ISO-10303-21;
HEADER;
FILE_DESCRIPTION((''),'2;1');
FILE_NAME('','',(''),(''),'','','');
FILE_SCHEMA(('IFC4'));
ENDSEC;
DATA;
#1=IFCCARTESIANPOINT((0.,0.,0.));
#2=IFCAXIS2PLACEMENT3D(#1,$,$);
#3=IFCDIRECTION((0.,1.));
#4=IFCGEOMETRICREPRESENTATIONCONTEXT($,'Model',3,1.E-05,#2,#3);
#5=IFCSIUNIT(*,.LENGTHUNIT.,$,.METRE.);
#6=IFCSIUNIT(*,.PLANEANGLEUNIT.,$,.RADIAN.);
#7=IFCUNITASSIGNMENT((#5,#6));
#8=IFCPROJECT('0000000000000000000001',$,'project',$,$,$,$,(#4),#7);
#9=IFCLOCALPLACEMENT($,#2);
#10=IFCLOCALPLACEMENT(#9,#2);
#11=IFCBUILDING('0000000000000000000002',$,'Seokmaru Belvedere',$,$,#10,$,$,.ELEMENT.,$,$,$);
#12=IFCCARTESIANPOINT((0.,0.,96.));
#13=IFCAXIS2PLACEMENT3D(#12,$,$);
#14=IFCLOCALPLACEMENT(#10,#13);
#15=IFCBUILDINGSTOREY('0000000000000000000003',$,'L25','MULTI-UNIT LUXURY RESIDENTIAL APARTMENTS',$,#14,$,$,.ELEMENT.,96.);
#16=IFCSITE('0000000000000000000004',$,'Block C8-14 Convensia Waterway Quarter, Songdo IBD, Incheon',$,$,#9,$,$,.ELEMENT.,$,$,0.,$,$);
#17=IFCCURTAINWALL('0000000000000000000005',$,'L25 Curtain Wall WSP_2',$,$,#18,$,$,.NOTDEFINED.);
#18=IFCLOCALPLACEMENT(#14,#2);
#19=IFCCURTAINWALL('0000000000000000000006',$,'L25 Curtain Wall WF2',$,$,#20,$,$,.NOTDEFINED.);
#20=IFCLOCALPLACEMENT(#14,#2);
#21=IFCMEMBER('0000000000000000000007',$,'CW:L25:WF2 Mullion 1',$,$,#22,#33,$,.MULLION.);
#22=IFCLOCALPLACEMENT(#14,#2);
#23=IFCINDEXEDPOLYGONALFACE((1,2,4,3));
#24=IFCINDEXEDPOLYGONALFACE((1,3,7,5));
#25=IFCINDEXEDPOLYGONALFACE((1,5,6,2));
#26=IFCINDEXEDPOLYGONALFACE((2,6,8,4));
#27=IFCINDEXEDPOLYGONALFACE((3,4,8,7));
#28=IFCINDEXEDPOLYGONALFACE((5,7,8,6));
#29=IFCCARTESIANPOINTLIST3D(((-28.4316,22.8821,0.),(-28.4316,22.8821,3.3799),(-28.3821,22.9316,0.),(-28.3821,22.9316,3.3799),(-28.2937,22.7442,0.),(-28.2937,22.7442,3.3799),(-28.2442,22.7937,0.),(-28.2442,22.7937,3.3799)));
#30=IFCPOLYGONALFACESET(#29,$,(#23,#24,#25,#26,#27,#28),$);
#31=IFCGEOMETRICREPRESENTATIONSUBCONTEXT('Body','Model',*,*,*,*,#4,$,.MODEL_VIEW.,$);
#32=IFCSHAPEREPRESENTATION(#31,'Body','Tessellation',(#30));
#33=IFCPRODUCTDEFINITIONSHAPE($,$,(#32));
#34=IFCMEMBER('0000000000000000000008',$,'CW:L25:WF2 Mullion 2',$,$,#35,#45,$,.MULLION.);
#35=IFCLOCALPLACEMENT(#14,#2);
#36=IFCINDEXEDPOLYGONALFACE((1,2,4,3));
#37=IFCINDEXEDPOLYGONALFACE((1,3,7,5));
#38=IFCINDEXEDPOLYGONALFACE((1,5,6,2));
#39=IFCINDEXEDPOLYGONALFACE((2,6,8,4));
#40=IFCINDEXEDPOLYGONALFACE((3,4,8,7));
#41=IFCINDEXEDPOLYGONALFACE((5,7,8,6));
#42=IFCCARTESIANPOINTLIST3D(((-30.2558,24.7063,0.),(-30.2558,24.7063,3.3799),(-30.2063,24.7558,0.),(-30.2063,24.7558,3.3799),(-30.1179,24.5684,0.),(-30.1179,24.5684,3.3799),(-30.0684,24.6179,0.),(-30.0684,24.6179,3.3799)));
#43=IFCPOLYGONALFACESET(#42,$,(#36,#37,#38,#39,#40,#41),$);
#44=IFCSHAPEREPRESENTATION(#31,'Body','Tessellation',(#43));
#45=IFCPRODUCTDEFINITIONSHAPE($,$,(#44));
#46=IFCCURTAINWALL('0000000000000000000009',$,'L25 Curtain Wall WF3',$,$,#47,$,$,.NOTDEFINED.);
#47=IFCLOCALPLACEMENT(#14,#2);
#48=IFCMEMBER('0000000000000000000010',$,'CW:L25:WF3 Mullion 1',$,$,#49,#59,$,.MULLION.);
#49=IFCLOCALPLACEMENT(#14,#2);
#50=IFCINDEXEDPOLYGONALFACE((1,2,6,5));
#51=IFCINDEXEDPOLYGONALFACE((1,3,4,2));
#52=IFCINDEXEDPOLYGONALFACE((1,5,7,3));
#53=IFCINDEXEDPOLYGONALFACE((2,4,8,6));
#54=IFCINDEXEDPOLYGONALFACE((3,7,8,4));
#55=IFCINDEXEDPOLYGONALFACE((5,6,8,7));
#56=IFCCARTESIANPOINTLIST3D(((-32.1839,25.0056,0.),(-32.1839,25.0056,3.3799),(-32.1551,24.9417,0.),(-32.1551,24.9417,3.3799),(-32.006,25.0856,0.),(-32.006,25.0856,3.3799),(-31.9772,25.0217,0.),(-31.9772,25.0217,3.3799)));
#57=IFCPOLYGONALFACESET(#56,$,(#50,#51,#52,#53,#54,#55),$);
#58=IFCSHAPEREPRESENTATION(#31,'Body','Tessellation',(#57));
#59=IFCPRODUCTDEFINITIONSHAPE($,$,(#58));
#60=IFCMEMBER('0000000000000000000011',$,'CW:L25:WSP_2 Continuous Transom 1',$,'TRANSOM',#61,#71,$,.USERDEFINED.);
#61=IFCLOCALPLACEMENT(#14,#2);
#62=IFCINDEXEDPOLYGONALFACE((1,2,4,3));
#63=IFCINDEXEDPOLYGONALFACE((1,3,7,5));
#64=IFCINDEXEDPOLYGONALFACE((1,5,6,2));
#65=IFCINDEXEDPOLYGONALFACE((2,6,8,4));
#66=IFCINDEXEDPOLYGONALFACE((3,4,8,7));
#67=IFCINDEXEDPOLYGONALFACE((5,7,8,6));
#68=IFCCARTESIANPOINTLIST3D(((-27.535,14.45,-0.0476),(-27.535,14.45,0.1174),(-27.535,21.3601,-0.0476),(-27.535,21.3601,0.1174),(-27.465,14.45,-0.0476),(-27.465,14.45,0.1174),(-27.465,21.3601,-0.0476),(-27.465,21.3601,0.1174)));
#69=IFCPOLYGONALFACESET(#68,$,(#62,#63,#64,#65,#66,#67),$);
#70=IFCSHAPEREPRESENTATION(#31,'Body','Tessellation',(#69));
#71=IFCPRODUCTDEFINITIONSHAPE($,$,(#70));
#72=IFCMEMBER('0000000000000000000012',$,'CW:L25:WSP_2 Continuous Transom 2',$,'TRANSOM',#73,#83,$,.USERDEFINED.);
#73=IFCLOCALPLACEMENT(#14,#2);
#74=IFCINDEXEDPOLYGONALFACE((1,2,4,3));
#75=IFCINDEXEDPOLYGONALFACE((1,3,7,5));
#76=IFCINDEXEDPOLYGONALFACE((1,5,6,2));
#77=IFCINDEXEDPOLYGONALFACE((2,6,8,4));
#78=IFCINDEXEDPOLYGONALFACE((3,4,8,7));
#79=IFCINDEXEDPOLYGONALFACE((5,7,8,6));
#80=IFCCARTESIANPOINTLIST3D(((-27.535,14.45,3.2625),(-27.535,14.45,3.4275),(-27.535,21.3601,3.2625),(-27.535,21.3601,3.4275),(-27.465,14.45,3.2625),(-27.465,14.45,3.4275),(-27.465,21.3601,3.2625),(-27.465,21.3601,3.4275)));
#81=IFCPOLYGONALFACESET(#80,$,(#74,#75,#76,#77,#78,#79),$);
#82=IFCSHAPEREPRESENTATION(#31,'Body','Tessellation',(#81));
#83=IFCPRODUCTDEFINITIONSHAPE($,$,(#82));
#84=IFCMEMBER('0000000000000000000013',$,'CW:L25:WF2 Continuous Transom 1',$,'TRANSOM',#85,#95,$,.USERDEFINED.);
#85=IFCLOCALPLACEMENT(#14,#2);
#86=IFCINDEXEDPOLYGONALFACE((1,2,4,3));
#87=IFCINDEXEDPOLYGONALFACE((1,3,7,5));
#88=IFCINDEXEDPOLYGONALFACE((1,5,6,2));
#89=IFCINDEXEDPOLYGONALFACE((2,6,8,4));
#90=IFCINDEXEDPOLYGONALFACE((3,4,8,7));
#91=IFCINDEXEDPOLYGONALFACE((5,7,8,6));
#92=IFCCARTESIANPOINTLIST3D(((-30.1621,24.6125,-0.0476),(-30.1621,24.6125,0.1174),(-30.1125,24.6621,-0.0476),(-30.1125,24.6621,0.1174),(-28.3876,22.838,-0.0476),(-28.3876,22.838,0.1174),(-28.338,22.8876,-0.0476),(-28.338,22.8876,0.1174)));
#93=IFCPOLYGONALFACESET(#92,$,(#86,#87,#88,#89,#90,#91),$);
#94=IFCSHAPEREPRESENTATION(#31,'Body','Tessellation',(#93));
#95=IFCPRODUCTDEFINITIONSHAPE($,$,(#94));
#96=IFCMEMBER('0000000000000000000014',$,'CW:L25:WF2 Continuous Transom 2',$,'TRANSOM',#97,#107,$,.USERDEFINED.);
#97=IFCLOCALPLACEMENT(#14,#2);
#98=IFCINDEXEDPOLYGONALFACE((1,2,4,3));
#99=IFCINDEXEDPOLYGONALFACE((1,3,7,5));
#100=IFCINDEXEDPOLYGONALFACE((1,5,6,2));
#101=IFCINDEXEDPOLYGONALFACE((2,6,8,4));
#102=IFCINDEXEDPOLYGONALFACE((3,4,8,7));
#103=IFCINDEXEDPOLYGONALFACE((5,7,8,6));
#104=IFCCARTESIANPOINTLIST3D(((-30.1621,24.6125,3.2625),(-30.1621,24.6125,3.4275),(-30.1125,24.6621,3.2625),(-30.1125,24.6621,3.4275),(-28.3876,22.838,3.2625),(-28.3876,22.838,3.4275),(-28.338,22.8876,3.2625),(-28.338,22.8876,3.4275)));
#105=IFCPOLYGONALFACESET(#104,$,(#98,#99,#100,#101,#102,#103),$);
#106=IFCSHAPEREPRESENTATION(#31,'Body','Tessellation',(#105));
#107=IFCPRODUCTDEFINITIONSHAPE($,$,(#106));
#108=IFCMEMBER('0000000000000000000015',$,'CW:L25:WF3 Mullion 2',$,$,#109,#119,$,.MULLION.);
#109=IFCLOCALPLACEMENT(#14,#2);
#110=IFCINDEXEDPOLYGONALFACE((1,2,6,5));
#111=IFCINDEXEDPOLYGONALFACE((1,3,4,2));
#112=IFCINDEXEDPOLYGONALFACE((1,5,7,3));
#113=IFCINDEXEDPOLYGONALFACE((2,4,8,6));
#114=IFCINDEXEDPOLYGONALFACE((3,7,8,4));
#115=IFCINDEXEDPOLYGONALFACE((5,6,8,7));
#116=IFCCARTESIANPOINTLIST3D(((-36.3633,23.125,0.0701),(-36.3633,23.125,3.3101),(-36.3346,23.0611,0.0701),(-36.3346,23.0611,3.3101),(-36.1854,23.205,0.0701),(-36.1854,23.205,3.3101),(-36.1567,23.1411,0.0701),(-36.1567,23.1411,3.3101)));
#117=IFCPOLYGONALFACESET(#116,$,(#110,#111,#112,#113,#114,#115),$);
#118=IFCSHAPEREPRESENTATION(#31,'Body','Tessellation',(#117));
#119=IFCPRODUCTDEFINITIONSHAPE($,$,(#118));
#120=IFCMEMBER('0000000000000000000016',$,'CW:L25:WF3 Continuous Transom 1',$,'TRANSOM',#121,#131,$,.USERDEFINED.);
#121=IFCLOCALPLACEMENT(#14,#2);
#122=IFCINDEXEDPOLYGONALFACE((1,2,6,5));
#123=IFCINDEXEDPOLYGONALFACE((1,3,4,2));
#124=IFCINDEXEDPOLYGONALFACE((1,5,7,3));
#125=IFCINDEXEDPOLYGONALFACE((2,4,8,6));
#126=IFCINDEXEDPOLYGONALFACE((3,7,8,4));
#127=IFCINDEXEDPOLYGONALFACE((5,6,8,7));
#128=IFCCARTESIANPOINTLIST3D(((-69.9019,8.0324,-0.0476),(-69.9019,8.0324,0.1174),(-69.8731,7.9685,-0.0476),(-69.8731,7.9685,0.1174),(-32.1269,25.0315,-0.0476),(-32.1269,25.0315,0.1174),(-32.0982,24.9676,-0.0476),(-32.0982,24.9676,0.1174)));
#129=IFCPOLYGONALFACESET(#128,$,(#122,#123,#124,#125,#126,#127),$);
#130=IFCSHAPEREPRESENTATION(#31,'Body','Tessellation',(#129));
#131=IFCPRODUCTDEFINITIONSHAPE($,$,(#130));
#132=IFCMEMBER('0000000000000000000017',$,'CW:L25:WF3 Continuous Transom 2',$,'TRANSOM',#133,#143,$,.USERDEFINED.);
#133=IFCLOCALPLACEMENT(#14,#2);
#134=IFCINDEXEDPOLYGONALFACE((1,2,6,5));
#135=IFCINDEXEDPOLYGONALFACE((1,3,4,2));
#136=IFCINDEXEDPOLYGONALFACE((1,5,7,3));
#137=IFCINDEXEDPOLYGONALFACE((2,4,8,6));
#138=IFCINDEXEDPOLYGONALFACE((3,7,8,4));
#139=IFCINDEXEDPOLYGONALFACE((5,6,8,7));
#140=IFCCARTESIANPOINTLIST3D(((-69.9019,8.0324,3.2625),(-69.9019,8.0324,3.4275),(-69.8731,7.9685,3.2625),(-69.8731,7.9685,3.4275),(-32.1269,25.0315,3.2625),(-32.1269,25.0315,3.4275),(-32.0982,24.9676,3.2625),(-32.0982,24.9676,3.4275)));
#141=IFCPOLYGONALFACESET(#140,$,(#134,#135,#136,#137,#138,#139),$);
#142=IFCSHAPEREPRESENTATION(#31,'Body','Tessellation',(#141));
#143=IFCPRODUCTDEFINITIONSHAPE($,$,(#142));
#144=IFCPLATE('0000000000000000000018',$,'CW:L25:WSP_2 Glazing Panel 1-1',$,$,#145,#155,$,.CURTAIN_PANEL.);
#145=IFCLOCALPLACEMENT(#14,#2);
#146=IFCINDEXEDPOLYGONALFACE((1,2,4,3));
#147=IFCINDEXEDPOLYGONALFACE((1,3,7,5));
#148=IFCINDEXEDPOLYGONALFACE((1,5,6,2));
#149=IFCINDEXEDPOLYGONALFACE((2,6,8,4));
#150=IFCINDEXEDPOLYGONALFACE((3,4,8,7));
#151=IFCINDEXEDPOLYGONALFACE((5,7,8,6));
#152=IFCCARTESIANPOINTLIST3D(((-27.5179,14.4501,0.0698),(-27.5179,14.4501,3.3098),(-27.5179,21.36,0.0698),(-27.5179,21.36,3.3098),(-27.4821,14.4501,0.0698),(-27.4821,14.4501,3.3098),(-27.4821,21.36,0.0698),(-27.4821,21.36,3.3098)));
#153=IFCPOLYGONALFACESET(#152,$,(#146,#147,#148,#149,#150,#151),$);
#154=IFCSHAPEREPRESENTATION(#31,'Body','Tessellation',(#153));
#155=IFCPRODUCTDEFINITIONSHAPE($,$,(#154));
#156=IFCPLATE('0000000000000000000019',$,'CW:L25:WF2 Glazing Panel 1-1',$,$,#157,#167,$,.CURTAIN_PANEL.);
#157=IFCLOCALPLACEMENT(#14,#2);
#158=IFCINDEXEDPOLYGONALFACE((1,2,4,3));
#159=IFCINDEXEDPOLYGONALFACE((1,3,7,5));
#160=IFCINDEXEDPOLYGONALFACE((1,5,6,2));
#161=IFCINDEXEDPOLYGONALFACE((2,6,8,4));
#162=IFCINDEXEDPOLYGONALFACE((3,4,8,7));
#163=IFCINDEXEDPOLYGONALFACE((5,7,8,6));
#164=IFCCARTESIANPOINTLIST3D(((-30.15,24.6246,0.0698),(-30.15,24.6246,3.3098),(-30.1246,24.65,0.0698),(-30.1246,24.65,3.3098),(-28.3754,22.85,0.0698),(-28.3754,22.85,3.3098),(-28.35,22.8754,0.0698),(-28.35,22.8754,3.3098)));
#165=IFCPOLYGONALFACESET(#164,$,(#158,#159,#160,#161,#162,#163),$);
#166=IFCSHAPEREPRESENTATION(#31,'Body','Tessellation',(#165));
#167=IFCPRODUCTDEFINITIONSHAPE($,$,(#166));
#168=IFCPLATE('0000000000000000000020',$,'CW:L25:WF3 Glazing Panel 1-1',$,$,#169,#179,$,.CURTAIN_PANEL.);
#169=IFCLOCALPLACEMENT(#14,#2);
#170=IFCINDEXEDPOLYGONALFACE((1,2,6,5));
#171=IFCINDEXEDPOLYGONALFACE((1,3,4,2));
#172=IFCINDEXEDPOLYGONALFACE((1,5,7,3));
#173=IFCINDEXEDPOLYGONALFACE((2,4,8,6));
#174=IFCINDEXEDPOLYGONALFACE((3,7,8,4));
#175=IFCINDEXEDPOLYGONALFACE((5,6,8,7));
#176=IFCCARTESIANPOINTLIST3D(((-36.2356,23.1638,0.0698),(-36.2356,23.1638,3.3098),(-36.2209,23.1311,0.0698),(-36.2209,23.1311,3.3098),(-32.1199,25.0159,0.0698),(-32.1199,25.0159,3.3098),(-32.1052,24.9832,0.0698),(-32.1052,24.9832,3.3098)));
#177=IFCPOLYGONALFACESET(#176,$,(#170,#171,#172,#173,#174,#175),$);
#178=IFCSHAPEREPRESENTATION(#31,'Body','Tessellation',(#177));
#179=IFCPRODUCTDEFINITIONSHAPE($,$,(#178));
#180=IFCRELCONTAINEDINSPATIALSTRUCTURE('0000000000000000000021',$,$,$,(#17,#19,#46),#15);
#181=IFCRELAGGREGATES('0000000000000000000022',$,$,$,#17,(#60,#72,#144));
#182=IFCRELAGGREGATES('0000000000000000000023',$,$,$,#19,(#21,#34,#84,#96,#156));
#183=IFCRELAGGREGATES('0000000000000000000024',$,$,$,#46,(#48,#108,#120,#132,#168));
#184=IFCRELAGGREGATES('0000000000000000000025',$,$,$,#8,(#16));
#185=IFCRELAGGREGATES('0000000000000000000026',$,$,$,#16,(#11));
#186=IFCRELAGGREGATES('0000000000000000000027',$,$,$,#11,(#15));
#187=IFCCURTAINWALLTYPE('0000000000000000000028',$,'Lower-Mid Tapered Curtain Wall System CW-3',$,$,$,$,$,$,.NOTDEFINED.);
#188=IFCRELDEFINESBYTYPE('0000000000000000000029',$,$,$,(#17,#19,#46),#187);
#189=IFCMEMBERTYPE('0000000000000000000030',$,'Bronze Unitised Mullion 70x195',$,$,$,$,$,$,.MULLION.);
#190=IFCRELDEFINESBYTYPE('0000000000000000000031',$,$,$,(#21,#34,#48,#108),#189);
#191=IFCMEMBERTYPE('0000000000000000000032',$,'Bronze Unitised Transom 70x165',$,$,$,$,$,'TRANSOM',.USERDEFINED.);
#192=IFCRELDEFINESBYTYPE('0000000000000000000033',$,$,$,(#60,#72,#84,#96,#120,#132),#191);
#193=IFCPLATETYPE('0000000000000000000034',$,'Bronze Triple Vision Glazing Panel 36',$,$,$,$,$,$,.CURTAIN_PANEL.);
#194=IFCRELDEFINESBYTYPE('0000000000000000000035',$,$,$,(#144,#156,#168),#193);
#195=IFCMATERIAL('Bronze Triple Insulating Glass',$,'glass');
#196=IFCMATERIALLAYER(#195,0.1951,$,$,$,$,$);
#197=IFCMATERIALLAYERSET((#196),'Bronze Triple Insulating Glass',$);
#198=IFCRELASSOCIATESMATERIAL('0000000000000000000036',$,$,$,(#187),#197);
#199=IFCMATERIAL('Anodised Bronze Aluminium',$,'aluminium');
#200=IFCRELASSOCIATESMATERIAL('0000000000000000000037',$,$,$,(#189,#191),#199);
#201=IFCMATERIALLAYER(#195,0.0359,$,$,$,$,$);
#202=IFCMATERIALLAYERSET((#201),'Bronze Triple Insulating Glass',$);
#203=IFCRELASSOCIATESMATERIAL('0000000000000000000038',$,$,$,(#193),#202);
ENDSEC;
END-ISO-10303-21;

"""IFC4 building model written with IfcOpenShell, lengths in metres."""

from ifc_helpers import new_model, si_unit, direction, frame, origin, origin_2d, place, context, subcontext, project, spatial, rectangle, extrude, source, transform, mapped, material, layer, layer_set, material_profile, profile_set, type_object, type_shapes, element, aggregate, save


model = new_model("IFC4")

# Units and contexts
model_context = context("Model", 3, precision=1e-05, world=origin(), true_north=direction((0.0, 1.0)))
body_context = subcontext(model_context, "Body", "Model", "MODEL_VIEW")
ifc_project = project(units=[si_unit("LENGTHUNIT", "METRE"), si_unit("PLANEANGLEUNIT", "RADIAN")], contexts=[model_context])

# Site, building, storey
site_placement = place(None, origin())
site = spatial("IfcSite", under=ifc_project, at=site_placement, Name="Block C8-14 Convensia Waterway Quarter, Songdo IBD, Incheon", CompositionType="ELEMENT", RefElevation=0.0)
building_placement = place(site_placement, origin())
building = spatial("IfcBuilding", under=site, at=building_placement, Name="Seokmaru Belvedere", CompositionType="ELEMENT")
storey_placement = place(building_placement, frame((0.0, 0.0, 96.0)))
storey = spatial("IfcBuildingStorey", under=building, at=storey_placement, Name="L25", Description="MULTI-UNIT LUXURY RESIDENTIAL APARTMENTS", CompositionType="ELEMENT", Elevation=96.0)

# Curtain walls, members
ifc_material_1 = material(Name="Bronze Triple Insulating Glass", Category="glass")
ifc_layer_1 = layer(ifc_material_1, 0.1951)
ifc_layer_set_1 = layer_set([ifc_layer_1], Name="Bronze Triple Insulating Glass")
curtain_wall_type = type_object("IfcCurtainWallType", Name="Lower-Mid Tapered Curtain Wall System CW-3", PredefinedType="NOTDEFINED", material=ifc_layer_set_1)
curtain_wall_1_placement = place(storey_placement, origin())
curtain_wall_1 = element("IfcCurtainWall", 1, at=curtain_wall_1_placement, inside=storey, type_object=curtain_wall_type, Name="L25 Curtain Wall WSP_2", PredefinedType="NOTDEFINED")
ifc_material_2 = material(Name="Anodised Bronze Aluminium", Category="aluminium")
ifc_material_profile_1 = material_profile(ifc_material_2, rectangle(XDim=0.0701, YDim=0.1951, at=origin_2d()), Name="CW-M-70x195")
ifc_profile_set_1 = profile_set([ifc_material_profile_1], Name="Anodised Bronze Aluminium")
member_type_1 = type_object("IfcMemberType", Name="Bronze Unitised Mullion 70x195", PredefinedType="MULLION", material=ifc_profile_set_1)
shared_shape_1 = source(origin(), body_context, "Body", "SweptSolid", [
    extrude(rectangle(XDim=0.0701, YDim=0.1951, at=origin_2d()), origin(), (0.0, 0.0, 1.0), 3.3799),
])
curtain_wall_2_placement = place(storey_placement, origin())
curtain_wall_2 = element("IfcCurtainWall", 2, at=curtain_wall_2_placement, inside=storey, type_object=curtain_wall_type, Name="L25 Curtain Wall WF2", PredefinedType="NOTDEFINED")
member_1_placement = place(storey_placement, frame((-28.3379, 22.8379, 0.0), z_axis=(0.0, 0.0, 1.0), x_axis=(-0.707107, -0.707107, 0.0)))
member_1 = element("IfcMember", 3, at=member_1_placement, type_object=member_type_1, Name="CW:L25:WF2 Mullion 1", PredefinedType="MULLION", context=body_context, shape_type="MappedRepresentation", body=[
    mapped(shared_shape_1, transform((0.0, 0.0, 0.0), scale=1.0)),
])
member_2_placement = place(storey_placement, frame((-30.1621, 24.6621, 0.0), z_axis=(0.0, 0.0, 1.0), x_axis=(-0.707107, -0.707107, 0.0)))
member_2 = element("IfcMember", 4, at=member_2_placement, type_object=member_type_1, Name="CW:L25:WF2 Mullion 2", PredefinedType="MULLION", context=body_context, shape_type="MappedRepresentation", body=[
    mapped(shared_shape_1, transform((0.0, 0.0, 0.0), scale=1.0)),
])

# Curtain wall, member
curtain_wall_3_placement = place(storey_placement, origin())
curtain_wall_3 = element("IfcCurtainWall", 5, at=curtain_wall_3_placement, inside=storey, type_object=curtain_wall_type, Name="L25 Curtain Wall WF3", PredefinedType="NOTDEFINED")
member_3_placement = place(storey_placement, frame((-32.0806, 25.0137, 0.0), z_axis=(0.0, 0.0, 1.0), x_axis=(0.410366, -0.911921, 0.0)))
member_3 = element("IfcMember", 6, at=member_3_placement, type_object=member_type_1, Name="CW:L25:WF3 Mullion 1", PredefinedType="MULLION", context=body_context, shape_type="MappedRepresentation", body=[
    mapped(shared_shape_1, transform((0.0, 0.0, 0.0), scale=1.0)),
])

# Members
ifc_material_profile_2 = material_profile(ifc_material_2, rectangle(XDim=0.0701, YDim=0.165, at=origin_2d()), Name="CW-T-70x165")
ifc_profile_set_2 = profile_set([ifc_material_profile_2], Name="Anodised Bronze Aluminium")
member_type_2 = type_object("IfcMemberType", Name="Bronze Unitised Transom 70x165", ElementType="TRANSOM", PredefinedType="USERDEFINED", material=ifc_profile_set_2)
shared_shape_2 = source(origin(), body_context, "Body", "SweptSolid", [
    extrude(rectangle(XDim=0.0701, YDim=0.165, at=origin_2d()), origin(), (0.0, 0.0, 1.0), 6.9102),
])
member_4_placement = place(storey_placement, frame((-27.5, 14.45, 0.0349), z_axis=(0.0, 1.0, 0.0), x_axis=(-1.0, 0.0, 0.0)))
member_4 = element("IfcMember", 7, at=member_4_placement, type_object=member_type_2, Name="CW:L25:WSP_2 Continuous Transom 1", ObjectType="TRANSOM", PredefinedType="USERDEFINED", context=body_context, shape_type="MappedRepresentation", body=[
    mapped(shared_shape_2, transform((0.0, 0.0, 0.0), scale=1.0)),
])
member_5_placement = place(storey_placement, frame((-27.5, 14.45, 3.345), z_axis=(0.0, 1.0, 0.0), x_axis=(-1.0, 0.0, 0.0)))
member_5 = element("IfcMember", 8, at=member_5_placement, type_object=member_type_2, Name="CW:L25:WSP_2 Continuous Transom 2", ObjectType="TRANSOM", PredefinedType="USERDEFINED", context=body_context, shape_type="MappedRepresentation", body=[
    mapped(shared_shape_2, transform((0.0, 0.0, 0.0), scale=1.0)),
])
shared_shape_3 = source(origin(), body_context, "Body", "SweptSolid", [
    extrude(rectangle(XDim=0.0701, YDim=0.165, at=origin_2d()), origin(), (0.0, 0.0, 1.0), 2.5095),
])
member_6_placement = place(storey_placement, frame((-28.3628, 22.8628, 0.0349), z_axis=(-0.707107, 0.707107, 0.0), x_axis=(-0.707107, -0.707107, 0.0)))
member_6 = element("IfcMember", 9, at=member_6_placement, type_object=member_type_2, Name="CW:L25:WF2 Continuous Transom 1", ObjectType="TRANSOM", PredefinedType="USERDEFINED", context=body_context, shape_type="MappedRepresentation", body=[
    mapped(shared_shape_3, transform((0.0, 0.0, 0.0), scale=1.0)),
])
member_7_placement = place(storey_placement, frame((-28.3628, 22.8628, 3.345), z_axis=(-0.707107, 0.707107, 0.0), x_axis=(-0.707107, -0.707107, 0.0)))
member_7 = element("IfcMember", 10, at=member_7_placement, type_object=member_type_2, Name="CW:L25:WF2 Continuous Transom 2", ObjectType="TRANSOM", PredefinedType="USERDEFINED", context=body_context, shape_type="MappedRepresentation", body=[
    mapped(shared_shape_3, transform((0.0, 0.0, 0.0), scale=1.0)),
])
shared_shape_4 = source(origin(), body_context, "Body", "SweptSolid", [
    extrude(rectangle(XDim=0.0701, YDim=0.1951, at=origin_2d()), origin(), (0.0, 0.0, 1.0), 3.24),
])
type_shapes(member_type_1, [shared_shape_1, shared_shape_4])
member_8_placement = place(storey_placement, frame((-36.26, 23.1331, 0.0701), z_axis=(0.0, 0.0, 1.0), x_axis=(0.410366, -0.911921, 0.0)))
member_8 = element("IfcMember", 11, at=member_8_placement, type_object=member_type_1, Name="CW:L25:WF3 Mullion 2", PredefinedType="MULLION", context=body_context, shape_type="MappedRepresentation", body=[
    mapped(shared_shape_4, transform((0.0, 0.0, 0.0), scale=1.0)),
])
shared_shape_5 = source(origin(), body_context, "Body", "SweptSolid", [
    extrude(rectangle(XDim=0.0701, YDim=0.165, at=origin_2d()), origin(), (0.0, 0.0, 1.0), 41.4236),
])
type_shapes(member_type_2, [shared_shape_2, shared_shape_3, shared_shape_5])
member_9_placement = place(storey_placement, frame((-32.1125, 24.9995, 0.0349), z_axis=(-0.911919, -0.410371, 0.0), x_axis=(0.410371, -0.911919, 0.0)))
member_9 = element("IfcMember", 12, at=member_9_placement, type_object=member_type_2, Name="CW:L25:WF3 Continuous Transom 1", ObjectType="TRANSOM", PredefinedType="USERDEFINED", context=body_context, shape_type="MappedRepresentation", body=[
    mapped(shared_shape_5, transform((0.0, 0.0, 0.0), scale=1.0)),
])
member_10_placement = place(storey_placement, frame((-32.1125, 24.9995, 3.345), z_axis=(-0.911919, -0.410371, 0.0), x_axis=(0.410371, -0.911919, 0.0)))
member_10 = element("IfcMember", 13, at=member_10_placement, type_object=member_type_2, Name="CW:L25:WF3 Continuous Transom 2", ObjectType="TRANSOM", PredefinedType="USERDEFINED", context=body_context, shape_type="MappedRepresentation", body=[
    mapped(shared_shape_5, transform((0.0, 0.0, 0.0), scale=1.0)),
])

# Plates
ifc_layer_2 = layer(ifc_material_1, 0.0359)
ifc_layer_set_2 = layer_set([ifc_layer_2], Name="Bronze Triple Insulating Glass")
plate_type = type_object("IfcPlateType", Name="Bronze Triple Vision Glazing Panel 36", PredefinedType="CURTAIN_PANEL", material=ifc_layer_set_2)
shared_shape_6 = source(origin(), body_context, "Body", "SweptSolid", [
    extrude(rectangle(XDim=6.9099, YDim=0.0359, at=origin_2d()), origin(), (0.0, 0.0, 1.0), 3.24),
])
plate_1_placement = place(storey_placement, frame((-27.5, 17.905, 0.0698), z_axis=(0.0, 0.0, 1.0), x_axis=(0.0, 1.0, 0.0)))
plate_1 = element("IfcPlate", 14, at=plate_1_placement, type_object=plate_type, Name="CW:L25:WSP_2 Glazing Panel 1-1", PredefinedType="CURTAIN_PANEL", context=body_context, shape_type="MappedRepresentation", body=[
    mapped(shared_shape_6, transform((0.0, 0.0, 0.0), scale=1.0)),
])
aggregate(curtain_wall_1, [member_4, member_5, plate_1])
shared_shape_7 = source(origin(), body_context, "Body", "SweptSolid", [
    extrude(rectangle(XDim=2.5098, YDim=0.0359, at=origin_2d()), origin(), (0.0, 0.0, 1.0), 3.24),
])
plate_2_placement = place(storey_placement, frame((-29.25, 23.75, 0.0698), z_axis=(0.0, 0.0, 1.0), x_axis=(-0.707107, 0.707107, 0.0)))
plate_2 = element("IfcPlate", 15, at=plate_2_placement, type_object=plate_type, Name="CW:L25:WF2 Glazing Panel 1-1", PredefinedType="CURTAIN_PANEL", context=body_context, shape_type="MappedRepresentation", body=[
    mapped(shared_shape_7, transform((0.0, 0.0, 0.0), scale=1.0)),
])
aggregate(curtain_wall_2, [member_1, member_2, member_6, member_7, plate_2])
shared_shape_8 = source(origin(), body_context, "Body", "SweptSolid", [
    extrude(rectangle(XDim=4.5132, YDim=0.0359, at=origin_2d()), origin(), (0.0, 0.0, 1.0), 3.24),
])
plate_3_placement = place(storey_placement, frame((-34.1704, 24.0735, 0.0698), z_axis=(0.0, 0.0, 1.0), x_axis=(-0.911921, -0.410366, 0.0)))
plate_3 = element("IfcPlate", 16, at=plate_3_placement, type_object=plate_type, Name="CW:L25:WF3 Glazing Panel 1-1", PredefinedType="CURTAIN_PANEL", context=body_context, shape_type="MappedRepresentation", body=[
    mapped(shared_shape_8, transform((0.0, 0.0, 0.0), scale=1.0)),
])
aggregate(curtain_wall_3, [member_3, member_8, member_9, member_10, plate_3])

save(model, "model.ifc")
